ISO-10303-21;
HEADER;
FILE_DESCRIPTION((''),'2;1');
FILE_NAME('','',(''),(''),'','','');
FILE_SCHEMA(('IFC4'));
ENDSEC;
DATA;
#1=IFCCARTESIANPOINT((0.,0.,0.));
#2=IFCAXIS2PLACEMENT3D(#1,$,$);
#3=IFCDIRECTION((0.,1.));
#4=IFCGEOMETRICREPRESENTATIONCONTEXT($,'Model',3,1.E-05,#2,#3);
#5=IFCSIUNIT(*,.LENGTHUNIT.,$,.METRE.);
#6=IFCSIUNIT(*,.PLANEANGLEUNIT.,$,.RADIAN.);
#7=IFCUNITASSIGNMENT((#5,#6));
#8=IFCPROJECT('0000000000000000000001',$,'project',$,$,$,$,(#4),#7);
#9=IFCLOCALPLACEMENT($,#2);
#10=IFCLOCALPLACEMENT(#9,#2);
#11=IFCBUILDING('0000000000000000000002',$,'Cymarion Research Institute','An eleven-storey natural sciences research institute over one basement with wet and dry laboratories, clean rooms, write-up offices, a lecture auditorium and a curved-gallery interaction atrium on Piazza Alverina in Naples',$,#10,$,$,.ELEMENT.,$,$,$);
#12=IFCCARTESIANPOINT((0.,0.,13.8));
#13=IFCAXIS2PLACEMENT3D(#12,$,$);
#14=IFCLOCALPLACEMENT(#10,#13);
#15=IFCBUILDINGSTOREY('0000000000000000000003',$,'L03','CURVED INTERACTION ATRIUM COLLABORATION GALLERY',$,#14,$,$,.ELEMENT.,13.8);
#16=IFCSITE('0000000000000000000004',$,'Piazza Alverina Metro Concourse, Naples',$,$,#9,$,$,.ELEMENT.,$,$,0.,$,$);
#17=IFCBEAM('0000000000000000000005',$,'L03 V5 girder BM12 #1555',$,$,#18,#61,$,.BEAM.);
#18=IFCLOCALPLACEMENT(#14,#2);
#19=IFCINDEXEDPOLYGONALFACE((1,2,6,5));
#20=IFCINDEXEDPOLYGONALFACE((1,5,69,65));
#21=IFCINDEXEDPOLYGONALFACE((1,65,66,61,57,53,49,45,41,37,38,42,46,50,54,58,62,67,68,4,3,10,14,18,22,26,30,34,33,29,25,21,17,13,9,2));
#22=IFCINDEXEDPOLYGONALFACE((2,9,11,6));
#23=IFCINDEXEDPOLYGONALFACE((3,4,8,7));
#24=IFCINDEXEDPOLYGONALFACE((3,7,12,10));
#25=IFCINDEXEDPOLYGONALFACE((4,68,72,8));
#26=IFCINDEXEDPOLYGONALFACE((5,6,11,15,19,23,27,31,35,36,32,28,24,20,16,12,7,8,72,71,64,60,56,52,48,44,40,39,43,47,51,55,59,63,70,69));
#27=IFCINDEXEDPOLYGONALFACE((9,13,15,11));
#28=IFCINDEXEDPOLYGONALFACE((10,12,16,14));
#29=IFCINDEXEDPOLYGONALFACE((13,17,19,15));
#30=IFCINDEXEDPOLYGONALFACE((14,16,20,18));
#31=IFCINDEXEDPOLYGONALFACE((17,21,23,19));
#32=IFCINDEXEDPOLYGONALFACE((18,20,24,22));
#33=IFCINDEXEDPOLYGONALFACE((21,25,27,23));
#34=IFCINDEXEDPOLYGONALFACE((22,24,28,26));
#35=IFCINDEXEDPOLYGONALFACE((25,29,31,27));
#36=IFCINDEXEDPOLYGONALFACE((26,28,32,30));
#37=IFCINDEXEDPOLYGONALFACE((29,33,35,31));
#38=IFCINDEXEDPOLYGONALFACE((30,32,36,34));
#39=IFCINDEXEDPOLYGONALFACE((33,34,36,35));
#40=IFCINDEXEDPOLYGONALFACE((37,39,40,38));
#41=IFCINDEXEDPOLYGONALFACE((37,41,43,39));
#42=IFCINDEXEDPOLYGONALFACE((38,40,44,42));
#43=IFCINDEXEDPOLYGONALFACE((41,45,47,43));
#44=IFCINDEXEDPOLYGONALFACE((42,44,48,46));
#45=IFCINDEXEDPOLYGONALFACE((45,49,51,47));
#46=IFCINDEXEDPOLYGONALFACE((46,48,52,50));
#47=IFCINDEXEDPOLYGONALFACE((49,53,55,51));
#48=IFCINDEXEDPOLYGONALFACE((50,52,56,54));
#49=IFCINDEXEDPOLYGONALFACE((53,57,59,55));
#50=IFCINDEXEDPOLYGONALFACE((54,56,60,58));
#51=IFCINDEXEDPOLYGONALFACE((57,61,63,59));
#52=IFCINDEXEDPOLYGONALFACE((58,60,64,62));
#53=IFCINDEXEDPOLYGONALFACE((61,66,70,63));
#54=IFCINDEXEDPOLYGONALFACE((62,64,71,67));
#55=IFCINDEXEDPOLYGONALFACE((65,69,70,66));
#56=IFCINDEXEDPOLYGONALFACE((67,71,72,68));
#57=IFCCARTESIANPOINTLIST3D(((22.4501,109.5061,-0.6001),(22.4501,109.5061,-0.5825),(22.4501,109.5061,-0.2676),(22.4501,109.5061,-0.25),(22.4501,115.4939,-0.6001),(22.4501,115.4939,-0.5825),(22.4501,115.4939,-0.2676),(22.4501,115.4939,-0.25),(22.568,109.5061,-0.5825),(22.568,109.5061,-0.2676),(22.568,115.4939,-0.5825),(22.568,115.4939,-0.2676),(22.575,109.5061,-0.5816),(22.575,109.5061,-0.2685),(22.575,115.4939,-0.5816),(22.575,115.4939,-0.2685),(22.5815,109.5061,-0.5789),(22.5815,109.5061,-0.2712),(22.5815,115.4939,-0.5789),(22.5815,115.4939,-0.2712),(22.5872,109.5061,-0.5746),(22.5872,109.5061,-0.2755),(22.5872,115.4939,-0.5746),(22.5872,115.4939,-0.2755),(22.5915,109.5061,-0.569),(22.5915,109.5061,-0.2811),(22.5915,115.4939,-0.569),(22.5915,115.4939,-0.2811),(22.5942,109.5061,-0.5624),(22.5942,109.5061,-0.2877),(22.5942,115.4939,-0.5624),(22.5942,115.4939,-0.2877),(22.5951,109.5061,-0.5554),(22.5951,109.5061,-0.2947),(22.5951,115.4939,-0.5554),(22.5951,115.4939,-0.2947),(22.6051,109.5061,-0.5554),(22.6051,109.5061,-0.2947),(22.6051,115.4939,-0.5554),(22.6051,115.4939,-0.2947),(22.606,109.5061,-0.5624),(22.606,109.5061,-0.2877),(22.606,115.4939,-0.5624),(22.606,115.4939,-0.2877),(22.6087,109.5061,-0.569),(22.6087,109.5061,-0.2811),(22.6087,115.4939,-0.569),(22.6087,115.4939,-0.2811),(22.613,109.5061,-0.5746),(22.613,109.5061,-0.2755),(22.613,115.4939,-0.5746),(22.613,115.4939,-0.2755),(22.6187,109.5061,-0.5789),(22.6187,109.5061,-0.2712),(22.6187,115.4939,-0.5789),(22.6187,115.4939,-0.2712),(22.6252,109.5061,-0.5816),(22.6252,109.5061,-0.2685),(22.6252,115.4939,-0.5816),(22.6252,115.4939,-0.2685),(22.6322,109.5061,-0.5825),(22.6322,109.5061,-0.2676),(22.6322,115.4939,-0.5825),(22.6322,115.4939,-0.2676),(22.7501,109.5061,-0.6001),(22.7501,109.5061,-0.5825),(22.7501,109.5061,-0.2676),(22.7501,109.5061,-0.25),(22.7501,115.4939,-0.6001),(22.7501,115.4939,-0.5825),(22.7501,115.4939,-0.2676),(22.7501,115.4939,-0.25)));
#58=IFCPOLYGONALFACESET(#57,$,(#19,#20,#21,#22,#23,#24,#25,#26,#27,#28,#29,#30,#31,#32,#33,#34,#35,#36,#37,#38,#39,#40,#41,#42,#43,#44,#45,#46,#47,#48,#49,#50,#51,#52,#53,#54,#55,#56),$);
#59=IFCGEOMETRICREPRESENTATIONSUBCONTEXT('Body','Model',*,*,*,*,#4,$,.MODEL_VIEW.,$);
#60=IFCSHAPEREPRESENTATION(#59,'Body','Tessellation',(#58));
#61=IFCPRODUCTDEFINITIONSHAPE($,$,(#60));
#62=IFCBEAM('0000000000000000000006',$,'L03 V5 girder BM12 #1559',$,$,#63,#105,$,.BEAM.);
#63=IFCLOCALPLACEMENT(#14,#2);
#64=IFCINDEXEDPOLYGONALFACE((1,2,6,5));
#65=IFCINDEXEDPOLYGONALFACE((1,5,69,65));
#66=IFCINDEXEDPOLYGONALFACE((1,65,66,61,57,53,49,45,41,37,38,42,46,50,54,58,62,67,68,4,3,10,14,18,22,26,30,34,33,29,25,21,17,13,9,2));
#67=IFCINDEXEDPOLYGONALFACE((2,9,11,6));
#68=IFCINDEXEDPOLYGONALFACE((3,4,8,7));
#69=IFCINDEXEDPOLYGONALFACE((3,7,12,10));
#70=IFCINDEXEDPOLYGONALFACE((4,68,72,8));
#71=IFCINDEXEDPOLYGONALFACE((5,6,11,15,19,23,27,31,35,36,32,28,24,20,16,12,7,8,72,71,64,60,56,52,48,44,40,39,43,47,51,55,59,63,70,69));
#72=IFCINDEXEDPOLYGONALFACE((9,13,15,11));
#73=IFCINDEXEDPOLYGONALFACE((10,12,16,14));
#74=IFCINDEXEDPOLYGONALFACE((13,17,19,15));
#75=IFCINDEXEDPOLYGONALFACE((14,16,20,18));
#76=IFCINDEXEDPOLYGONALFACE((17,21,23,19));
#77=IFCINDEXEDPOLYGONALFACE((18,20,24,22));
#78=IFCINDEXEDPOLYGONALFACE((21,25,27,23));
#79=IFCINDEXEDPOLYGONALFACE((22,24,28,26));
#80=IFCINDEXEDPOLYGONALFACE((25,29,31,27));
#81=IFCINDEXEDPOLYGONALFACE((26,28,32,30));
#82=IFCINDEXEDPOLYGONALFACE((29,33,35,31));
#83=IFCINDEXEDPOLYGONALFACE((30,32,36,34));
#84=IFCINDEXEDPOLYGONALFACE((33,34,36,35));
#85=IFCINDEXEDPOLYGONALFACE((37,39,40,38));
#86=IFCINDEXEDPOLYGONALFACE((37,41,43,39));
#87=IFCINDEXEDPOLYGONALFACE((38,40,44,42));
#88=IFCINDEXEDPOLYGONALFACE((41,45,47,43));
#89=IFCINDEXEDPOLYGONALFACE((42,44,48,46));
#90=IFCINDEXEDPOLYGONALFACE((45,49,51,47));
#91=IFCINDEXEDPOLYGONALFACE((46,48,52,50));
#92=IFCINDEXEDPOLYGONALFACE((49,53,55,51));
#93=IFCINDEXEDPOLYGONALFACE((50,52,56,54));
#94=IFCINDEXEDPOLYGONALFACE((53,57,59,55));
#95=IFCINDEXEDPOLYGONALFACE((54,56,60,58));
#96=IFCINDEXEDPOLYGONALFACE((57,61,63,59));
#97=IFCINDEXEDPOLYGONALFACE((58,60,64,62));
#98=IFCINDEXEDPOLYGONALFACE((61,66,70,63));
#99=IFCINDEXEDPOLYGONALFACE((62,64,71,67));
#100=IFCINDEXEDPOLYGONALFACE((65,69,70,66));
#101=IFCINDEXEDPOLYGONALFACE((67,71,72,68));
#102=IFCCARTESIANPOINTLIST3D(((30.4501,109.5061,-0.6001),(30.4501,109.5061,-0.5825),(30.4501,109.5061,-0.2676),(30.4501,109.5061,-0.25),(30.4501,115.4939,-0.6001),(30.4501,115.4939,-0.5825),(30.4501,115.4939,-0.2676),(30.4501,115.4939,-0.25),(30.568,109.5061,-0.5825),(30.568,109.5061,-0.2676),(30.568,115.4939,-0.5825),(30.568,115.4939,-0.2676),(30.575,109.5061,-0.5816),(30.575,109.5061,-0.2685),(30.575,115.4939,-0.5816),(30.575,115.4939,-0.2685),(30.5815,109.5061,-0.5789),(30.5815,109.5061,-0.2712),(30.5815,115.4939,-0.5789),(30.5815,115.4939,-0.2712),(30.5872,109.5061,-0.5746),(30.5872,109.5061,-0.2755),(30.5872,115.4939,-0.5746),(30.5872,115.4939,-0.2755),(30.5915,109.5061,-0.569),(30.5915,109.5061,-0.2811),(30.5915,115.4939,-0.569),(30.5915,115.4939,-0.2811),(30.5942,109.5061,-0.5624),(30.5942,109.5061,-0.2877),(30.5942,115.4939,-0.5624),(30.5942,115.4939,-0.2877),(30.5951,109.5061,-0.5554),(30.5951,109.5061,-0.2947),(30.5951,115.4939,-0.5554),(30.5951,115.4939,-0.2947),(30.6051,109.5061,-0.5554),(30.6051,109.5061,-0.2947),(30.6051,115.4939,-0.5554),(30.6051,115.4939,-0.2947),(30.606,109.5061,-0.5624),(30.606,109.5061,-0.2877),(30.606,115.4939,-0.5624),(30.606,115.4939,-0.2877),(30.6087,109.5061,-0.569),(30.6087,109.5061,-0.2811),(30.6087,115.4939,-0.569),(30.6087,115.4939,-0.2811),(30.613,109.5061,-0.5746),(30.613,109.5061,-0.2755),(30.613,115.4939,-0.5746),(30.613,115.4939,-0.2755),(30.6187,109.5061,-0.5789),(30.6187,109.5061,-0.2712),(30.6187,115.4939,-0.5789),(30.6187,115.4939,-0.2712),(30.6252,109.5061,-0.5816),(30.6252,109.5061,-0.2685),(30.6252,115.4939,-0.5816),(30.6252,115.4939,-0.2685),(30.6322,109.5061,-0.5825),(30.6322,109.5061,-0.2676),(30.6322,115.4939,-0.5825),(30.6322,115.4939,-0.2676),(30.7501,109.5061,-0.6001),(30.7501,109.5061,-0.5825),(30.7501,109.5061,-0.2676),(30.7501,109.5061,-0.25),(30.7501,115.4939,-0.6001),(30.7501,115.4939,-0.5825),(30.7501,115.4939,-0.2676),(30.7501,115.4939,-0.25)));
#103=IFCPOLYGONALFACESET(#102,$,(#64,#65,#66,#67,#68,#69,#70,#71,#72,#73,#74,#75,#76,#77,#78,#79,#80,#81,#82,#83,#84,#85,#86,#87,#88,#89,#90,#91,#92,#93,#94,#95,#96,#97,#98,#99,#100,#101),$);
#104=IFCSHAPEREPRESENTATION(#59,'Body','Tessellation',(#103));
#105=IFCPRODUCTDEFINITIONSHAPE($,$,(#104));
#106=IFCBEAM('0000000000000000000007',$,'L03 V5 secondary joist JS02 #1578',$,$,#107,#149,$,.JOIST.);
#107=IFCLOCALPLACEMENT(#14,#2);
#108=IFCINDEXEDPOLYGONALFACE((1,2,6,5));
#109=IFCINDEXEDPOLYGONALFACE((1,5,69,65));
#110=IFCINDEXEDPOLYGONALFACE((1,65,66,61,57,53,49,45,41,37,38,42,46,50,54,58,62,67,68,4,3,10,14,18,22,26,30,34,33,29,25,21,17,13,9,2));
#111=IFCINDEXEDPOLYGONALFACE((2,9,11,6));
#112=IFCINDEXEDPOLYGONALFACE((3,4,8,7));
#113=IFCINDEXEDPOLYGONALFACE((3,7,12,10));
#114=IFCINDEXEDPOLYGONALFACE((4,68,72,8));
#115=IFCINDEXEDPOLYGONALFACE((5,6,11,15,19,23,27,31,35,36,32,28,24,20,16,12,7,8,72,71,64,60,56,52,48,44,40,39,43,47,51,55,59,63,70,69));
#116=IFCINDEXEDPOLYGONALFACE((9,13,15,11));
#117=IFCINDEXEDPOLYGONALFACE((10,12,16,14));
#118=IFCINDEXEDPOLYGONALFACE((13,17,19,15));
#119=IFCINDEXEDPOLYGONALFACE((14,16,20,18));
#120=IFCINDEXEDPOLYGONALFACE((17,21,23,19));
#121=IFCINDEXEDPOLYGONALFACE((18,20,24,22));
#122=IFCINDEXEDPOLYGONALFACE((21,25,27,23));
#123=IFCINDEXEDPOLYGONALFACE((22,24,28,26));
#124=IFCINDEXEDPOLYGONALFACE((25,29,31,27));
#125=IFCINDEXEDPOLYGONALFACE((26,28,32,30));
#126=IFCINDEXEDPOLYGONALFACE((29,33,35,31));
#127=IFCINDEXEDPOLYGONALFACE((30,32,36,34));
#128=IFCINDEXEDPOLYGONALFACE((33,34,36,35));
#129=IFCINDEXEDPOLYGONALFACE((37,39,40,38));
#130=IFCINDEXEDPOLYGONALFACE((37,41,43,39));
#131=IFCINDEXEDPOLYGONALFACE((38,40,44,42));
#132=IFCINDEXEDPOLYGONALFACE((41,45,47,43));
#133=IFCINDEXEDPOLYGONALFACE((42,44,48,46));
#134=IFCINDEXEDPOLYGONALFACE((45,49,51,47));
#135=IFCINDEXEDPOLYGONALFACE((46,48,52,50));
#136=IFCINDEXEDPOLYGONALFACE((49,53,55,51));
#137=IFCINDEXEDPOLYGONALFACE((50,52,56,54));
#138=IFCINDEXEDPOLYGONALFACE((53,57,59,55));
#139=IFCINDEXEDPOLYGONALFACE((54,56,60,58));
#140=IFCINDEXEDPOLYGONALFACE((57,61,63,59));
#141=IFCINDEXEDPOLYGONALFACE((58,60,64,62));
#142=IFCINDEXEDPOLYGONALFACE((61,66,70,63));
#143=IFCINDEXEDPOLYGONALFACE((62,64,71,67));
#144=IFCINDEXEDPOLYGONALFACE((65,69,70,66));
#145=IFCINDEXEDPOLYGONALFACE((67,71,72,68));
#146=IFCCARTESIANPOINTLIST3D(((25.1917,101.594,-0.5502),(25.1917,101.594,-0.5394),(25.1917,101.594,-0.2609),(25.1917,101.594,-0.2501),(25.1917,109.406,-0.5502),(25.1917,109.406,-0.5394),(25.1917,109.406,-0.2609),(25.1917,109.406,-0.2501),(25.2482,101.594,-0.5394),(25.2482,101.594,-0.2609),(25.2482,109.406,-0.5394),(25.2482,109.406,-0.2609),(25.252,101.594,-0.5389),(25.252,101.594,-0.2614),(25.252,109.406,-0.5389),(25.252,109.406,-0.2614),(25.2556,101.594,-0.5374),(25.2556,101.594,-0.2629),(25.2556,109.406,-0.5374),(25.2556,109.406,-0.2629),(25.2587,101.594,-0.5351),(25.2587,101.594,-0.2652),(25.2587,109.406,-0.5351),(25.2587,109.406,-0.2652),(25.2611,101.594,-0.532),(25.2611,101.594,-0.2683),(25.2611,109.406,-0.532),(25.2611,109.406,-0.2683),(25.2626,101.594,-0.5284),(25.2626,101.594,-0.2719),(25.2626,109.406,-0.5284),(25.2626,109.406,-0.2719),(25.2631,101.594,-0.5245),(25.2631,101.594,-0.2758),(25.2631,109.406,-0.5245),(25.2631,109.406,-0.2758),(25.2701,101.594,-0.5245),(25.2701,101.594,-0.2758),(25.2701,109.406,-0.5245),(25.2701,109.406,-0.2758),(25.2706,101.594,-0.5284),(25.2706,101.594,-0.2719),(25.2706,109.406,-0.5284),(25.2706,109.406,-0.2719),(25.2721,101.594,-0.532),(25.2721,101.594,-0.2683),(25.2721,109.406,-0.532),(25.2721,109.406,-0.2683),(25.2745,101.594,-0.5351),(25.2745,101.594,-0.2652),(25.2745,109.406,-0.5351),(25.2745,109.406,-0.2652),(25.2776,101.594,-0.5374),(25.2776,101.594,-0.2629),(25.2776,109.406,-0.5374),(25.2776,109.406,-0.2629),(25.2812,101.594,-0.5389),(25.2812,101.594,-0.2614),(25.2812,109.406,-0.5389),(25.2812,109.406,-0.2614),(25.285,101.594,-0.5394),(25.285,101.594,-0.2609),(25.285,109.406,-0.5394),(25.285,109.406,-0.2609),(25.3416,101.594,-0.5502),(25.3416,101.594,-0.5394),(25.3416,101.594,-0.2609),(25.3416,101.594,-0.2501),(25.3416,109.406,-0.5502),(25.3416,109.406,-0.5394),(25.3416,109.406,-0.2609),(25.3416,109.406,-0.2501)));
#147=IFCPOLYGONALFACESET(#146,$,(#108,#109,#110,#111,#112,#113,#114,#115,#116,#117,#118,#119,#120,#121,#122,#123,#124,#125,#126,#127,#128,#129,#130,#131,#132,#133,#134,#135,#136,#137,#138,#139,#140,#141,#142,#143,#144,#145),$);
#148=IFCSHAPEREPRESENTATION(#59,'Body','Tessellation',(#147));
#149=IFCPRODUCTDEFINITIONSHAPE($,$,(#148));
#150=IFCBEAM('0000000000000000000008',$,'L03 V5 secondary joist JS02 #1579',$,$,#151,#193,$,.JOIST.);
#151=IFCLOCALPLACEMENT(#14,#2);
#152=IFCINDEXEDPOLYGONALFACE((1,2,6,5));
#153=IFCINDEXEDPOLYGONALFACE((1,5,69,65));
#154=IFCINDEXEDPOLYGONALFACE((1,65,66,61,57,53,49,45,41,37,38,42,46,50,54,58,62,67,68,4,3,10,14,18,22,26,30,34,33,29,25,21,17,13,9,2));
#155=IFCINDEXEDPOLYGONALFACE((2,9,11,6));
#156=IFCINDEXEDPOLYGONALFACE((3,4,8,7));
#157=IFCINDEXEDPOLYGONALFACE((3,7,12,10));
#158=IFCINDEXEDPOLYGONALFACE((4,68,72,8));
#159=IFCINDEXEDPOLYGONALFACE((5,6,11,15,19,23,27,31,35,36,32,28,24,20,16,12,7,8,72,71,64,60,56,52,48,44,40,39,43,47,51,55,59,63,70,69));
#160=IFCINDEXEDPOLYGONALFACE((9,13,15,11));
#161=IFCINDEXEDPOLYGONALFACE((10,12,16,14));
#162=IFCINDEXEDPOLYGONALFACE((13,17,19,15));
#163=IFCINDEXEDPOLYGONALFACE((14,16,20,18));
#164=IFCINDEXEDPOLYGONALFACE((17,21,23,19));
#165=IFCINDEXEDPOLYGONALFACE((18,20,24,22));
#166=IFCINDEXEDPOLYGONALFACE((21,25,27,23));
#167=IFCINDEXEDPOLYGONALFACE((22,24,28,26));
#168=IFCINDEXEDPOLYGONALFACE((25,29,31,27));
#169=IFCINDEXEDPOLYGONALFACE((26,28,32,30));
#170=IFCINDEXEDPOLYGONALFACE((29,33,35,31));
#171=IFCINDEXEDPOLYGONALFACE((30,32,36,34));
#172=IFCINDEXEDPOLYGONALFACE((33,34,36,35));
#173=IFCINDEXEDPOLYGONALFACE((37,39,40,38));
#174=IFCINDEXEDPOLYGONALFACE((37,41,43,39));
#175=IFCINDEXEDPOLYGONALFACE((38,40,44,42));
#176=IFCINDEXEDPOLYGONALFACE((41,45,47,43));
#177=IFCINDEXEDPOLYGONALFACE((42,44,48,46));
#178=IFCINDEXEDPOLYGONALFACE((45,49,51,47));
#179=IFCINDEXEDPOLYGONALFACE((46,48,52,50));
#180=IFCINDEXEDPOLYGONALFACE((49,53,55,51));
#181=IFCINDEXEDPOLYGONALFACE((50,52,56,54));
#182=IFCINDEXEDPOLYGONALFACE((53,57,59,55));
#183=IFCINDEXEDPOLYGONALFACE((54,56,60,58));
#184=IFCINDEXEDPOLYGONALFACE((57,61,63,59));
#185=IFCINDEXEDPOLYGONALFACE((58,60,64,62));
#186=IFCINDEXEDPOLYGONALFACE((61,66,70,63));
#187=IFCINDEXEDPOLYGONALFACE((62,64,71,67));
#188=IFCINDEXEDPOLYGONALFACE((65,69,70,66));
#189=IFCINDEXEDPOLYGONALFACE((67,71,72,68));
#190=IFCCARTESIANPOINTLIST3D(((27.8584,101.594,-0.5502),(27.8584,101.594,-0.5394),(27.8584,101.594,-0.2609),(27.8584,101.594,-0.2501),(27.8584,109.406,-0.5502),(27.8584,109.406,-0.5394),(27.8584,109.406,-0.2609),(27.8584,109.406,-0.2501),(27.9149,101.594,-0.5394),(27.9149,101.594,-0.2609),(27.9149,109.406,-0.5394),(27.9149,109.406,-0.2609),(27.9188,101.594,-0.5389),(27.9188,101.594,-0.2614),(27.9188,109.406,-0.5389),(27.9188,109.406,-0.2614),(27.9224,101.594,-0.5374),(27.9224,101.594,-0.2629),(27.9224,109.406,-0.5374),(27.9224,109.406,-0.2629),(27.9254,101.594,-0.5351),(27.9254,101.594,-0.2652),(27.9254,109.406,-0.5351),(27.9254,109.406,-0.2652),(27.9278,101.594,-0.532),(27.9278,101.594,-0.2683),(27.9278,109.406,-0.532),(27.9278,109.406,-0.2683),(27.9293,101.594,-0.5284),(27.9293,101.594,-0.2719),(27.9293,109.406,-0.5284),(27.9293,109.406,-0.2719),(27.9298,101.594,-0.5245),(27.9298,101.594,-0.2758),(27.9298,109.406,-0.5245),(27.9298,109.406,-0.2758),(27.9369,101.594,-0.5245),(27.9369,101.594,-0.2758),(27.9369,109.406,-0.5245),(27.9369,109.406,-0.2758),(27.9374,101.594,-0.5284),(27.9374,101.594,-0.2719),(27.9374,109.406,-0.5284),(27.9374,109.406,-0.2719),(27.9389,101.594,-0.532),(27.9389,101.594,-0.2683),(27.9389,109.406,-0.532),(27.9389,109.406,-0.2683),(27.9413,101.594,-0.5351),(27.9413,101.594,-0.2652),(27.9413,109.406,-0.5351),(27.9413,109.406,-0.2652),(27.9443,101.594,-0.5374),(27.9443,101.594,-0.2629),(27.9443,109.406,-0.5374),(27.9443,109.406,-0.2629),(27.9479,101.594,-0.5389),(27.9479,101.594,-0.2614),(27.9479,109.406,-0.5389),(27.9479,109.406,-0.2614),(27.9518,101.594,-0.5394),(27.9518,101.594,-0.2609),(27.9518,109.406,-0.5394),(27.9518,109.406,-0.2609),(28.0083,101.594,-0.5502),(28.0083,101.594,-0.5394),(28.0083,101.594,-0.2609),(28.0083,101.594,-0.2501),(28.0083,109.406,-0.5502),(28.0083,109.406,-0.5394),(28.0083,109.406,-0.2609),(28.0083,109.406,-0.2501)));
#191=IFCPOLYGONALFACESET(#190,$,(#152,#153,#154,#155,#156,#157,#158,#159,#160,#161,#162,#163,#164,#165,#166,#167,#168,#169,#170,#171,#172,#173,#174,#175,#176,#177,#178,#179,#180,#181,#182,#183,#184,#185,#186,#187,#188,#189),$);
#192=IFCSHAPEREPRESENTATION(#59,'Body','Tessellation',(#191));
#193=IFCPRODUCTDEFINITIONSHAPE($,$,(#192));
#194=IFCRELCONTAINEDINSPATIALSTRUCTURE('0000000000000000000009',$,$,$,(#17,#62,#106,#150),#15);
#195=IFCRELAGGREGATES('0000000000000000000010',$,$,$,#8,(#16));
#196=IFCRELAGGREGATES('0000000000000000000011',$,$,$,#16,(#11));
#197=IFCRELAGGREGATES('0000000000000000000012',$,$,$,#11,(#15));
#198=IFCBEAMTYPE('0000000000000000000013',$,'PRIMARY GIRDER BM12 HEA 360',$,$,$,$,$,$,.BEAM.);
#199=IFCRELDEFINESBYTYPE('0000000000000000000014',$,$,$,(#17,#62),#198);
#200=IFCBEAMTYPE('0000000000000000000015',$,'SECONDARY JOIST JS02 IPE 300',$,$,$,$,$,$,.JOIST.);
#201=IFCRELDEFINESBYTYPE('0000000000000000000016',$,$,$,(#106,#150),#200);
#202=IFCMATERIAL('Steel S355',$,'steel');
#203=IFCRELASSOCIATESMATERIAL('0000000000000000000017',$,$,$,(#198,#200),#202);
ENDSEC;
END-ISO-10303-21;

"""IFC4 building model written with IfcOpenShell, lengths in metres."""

from ifc_helpers import new_model, si_unit, direction, frame, origin, origin_2d, place, context, subcontext, project, spatial, i_section, extrude, material, material_profile, profile_set, type_object, element, save


model = new_model("IFC4")

# Units and contexts
model_context = context("Model", 3, precision=1e-05, world=origin(), true_north=direction((0.0, 1.0)))
body_context = subcontext(model_context, "Body", "Model", "MODEL_VIEW")
ifc_project = project(units=[si_unit("LENGTHUNIT", "METRE"), si_unit("PLANEANGLEUNIT", "RADIAN")], contexts=[model_context])

# Site, building, storey
site_placement = place(None, origin())
site = spatial("IfcSite", under=ifc_project, at=site_placement, Name="Piazza Alverina Metro Concourse, Naples", CompositionType="ELEMENT", RefElevation=0.0)
building_placement = place(site_placement, origin())
building = spatial("IfcBuilding", under=site, at=building_placement, Name="Cymarion Research Institute", Description="An eleven-storey natural sciences research institute over one basement with wet and dry laboratories, clean rooms, write-up offices, a lecture auditorium and a curved-gallery interaction atrium on Piazza Alverina in Naples", CompositionType="ELEMENT")
storey_placement = place(building_placement, frame((0.0, 0.0, 13.8)))
storey = spatial("IfcBuildingStorey", under=building, at=storey_placement, Name="L03", Description="CURVED INTERACTION ATRIUM COLLABORATION GALLERY", CompositionType="ELEMENT", Elevation=13.8)

# Shared definitions
ifc_material_1 = material(Name="Steel S355", Category="steel")

# Beams
ifc_material_profile_1 = material_profile(ifc_material_1, i_section(OverallWidth=0.3, OverallDepth=0.3501, WebThickness=0.01, FlangeThickness=0.0176, FilletRadius=0.0271, at=origin_2d()), Name="HEA 360")
ifc_profile_set_1 = profile_set([ifc_material_profile_1], Name="Steel S355")
beam_type_1 = type_object("IfcBeamType", Name="PRIMARY GIRDER BM12 HEA 360", PredefinedType="BEAM", material=ifc_profile_set_1)
for number, where, z_axis, x_axis, name in (
    (1, (22.6001, 109.5061, -0.425), (0.0, 1.0, 0.0), (-1.0, 0.0, 0.0), "L03 V5 girder BM12 #1555"),
    (2, (30.6001, 109.5061, -0.425), (0.0, 1.0, 0.0), (-1.0, 0.0, 0.0), "L03 V5 girder BM12 #1559"),
):
    element("IfcBeam", number, at=place(storey_placement, frame(where, z_axis=z_axis, x_axis=x_axis)), inside=storey, type_object=beam_type_1, Name=name, PredefinedType="BEAM", context=body_context, shape_type="SweptSolid", body=[
        extrude(i_section(OverallWidth=0.3, OverallDepth=0.3501, WebThickness=0.01, FlangeThickness=0.0176, FilletRadius=0.0271, at=origin_2d()), origin(), (0.0, 0.0, 1.0), 5.9878),
    ])
ifc_material_profile_2 = material_profile(ifc_material_1, i_section(OverallWidth=0.1499, OverallDepth=0.3, WebThickness=0.0071, FlangeThickness=0.0107, FilletRadius=0.0149, at=origin_2d()), Name="IPE 300")
ifc_profile_set_2 = profile_set([ifc_material_profile_2], Name="Steel S355")
beam_type_2 = type_object("IfcBeamType", Name="SECONDARY JOIST JS02 IPE 300", PredefinedType="JOIST", material=ifc_profile_set_2)
for number, where, z_axis, x_axis, name in (
    (3, (25.2666, 101.594, -0.4001), (0.0, 1.0, 0.0), (-1.0, 0.0, 0.0), "L03 V5 secondary joist JS02 #1578"),
    (4, (27.9333, 101.594, -0.4001), (0.0, 1.0, 0.0), (-1.0, 0.0, 0.0), "L03 V5 secondary joist JS02 #1579"),
):
    element("IfcBeam", number, at=place(storey_placement, frame(where, z_axis=z_axis, x_axis=x_axis)), inside=storey, type_object=beam_type_2, Name=name, PredefinedType="JOIST", context=body_context, shape_type="SweptSolid", body=[
        extrude(i_section(OverallWidth=0.1499, OverallDepth=0.3, WebThickness=0.0071, FlangeThickness=0.0107, FilletRadius=0.0149, at=origin_2d()), origin(), (0.0, 0.0, 1.0), 7.812),
    ])

save(model, "model.ifc")
